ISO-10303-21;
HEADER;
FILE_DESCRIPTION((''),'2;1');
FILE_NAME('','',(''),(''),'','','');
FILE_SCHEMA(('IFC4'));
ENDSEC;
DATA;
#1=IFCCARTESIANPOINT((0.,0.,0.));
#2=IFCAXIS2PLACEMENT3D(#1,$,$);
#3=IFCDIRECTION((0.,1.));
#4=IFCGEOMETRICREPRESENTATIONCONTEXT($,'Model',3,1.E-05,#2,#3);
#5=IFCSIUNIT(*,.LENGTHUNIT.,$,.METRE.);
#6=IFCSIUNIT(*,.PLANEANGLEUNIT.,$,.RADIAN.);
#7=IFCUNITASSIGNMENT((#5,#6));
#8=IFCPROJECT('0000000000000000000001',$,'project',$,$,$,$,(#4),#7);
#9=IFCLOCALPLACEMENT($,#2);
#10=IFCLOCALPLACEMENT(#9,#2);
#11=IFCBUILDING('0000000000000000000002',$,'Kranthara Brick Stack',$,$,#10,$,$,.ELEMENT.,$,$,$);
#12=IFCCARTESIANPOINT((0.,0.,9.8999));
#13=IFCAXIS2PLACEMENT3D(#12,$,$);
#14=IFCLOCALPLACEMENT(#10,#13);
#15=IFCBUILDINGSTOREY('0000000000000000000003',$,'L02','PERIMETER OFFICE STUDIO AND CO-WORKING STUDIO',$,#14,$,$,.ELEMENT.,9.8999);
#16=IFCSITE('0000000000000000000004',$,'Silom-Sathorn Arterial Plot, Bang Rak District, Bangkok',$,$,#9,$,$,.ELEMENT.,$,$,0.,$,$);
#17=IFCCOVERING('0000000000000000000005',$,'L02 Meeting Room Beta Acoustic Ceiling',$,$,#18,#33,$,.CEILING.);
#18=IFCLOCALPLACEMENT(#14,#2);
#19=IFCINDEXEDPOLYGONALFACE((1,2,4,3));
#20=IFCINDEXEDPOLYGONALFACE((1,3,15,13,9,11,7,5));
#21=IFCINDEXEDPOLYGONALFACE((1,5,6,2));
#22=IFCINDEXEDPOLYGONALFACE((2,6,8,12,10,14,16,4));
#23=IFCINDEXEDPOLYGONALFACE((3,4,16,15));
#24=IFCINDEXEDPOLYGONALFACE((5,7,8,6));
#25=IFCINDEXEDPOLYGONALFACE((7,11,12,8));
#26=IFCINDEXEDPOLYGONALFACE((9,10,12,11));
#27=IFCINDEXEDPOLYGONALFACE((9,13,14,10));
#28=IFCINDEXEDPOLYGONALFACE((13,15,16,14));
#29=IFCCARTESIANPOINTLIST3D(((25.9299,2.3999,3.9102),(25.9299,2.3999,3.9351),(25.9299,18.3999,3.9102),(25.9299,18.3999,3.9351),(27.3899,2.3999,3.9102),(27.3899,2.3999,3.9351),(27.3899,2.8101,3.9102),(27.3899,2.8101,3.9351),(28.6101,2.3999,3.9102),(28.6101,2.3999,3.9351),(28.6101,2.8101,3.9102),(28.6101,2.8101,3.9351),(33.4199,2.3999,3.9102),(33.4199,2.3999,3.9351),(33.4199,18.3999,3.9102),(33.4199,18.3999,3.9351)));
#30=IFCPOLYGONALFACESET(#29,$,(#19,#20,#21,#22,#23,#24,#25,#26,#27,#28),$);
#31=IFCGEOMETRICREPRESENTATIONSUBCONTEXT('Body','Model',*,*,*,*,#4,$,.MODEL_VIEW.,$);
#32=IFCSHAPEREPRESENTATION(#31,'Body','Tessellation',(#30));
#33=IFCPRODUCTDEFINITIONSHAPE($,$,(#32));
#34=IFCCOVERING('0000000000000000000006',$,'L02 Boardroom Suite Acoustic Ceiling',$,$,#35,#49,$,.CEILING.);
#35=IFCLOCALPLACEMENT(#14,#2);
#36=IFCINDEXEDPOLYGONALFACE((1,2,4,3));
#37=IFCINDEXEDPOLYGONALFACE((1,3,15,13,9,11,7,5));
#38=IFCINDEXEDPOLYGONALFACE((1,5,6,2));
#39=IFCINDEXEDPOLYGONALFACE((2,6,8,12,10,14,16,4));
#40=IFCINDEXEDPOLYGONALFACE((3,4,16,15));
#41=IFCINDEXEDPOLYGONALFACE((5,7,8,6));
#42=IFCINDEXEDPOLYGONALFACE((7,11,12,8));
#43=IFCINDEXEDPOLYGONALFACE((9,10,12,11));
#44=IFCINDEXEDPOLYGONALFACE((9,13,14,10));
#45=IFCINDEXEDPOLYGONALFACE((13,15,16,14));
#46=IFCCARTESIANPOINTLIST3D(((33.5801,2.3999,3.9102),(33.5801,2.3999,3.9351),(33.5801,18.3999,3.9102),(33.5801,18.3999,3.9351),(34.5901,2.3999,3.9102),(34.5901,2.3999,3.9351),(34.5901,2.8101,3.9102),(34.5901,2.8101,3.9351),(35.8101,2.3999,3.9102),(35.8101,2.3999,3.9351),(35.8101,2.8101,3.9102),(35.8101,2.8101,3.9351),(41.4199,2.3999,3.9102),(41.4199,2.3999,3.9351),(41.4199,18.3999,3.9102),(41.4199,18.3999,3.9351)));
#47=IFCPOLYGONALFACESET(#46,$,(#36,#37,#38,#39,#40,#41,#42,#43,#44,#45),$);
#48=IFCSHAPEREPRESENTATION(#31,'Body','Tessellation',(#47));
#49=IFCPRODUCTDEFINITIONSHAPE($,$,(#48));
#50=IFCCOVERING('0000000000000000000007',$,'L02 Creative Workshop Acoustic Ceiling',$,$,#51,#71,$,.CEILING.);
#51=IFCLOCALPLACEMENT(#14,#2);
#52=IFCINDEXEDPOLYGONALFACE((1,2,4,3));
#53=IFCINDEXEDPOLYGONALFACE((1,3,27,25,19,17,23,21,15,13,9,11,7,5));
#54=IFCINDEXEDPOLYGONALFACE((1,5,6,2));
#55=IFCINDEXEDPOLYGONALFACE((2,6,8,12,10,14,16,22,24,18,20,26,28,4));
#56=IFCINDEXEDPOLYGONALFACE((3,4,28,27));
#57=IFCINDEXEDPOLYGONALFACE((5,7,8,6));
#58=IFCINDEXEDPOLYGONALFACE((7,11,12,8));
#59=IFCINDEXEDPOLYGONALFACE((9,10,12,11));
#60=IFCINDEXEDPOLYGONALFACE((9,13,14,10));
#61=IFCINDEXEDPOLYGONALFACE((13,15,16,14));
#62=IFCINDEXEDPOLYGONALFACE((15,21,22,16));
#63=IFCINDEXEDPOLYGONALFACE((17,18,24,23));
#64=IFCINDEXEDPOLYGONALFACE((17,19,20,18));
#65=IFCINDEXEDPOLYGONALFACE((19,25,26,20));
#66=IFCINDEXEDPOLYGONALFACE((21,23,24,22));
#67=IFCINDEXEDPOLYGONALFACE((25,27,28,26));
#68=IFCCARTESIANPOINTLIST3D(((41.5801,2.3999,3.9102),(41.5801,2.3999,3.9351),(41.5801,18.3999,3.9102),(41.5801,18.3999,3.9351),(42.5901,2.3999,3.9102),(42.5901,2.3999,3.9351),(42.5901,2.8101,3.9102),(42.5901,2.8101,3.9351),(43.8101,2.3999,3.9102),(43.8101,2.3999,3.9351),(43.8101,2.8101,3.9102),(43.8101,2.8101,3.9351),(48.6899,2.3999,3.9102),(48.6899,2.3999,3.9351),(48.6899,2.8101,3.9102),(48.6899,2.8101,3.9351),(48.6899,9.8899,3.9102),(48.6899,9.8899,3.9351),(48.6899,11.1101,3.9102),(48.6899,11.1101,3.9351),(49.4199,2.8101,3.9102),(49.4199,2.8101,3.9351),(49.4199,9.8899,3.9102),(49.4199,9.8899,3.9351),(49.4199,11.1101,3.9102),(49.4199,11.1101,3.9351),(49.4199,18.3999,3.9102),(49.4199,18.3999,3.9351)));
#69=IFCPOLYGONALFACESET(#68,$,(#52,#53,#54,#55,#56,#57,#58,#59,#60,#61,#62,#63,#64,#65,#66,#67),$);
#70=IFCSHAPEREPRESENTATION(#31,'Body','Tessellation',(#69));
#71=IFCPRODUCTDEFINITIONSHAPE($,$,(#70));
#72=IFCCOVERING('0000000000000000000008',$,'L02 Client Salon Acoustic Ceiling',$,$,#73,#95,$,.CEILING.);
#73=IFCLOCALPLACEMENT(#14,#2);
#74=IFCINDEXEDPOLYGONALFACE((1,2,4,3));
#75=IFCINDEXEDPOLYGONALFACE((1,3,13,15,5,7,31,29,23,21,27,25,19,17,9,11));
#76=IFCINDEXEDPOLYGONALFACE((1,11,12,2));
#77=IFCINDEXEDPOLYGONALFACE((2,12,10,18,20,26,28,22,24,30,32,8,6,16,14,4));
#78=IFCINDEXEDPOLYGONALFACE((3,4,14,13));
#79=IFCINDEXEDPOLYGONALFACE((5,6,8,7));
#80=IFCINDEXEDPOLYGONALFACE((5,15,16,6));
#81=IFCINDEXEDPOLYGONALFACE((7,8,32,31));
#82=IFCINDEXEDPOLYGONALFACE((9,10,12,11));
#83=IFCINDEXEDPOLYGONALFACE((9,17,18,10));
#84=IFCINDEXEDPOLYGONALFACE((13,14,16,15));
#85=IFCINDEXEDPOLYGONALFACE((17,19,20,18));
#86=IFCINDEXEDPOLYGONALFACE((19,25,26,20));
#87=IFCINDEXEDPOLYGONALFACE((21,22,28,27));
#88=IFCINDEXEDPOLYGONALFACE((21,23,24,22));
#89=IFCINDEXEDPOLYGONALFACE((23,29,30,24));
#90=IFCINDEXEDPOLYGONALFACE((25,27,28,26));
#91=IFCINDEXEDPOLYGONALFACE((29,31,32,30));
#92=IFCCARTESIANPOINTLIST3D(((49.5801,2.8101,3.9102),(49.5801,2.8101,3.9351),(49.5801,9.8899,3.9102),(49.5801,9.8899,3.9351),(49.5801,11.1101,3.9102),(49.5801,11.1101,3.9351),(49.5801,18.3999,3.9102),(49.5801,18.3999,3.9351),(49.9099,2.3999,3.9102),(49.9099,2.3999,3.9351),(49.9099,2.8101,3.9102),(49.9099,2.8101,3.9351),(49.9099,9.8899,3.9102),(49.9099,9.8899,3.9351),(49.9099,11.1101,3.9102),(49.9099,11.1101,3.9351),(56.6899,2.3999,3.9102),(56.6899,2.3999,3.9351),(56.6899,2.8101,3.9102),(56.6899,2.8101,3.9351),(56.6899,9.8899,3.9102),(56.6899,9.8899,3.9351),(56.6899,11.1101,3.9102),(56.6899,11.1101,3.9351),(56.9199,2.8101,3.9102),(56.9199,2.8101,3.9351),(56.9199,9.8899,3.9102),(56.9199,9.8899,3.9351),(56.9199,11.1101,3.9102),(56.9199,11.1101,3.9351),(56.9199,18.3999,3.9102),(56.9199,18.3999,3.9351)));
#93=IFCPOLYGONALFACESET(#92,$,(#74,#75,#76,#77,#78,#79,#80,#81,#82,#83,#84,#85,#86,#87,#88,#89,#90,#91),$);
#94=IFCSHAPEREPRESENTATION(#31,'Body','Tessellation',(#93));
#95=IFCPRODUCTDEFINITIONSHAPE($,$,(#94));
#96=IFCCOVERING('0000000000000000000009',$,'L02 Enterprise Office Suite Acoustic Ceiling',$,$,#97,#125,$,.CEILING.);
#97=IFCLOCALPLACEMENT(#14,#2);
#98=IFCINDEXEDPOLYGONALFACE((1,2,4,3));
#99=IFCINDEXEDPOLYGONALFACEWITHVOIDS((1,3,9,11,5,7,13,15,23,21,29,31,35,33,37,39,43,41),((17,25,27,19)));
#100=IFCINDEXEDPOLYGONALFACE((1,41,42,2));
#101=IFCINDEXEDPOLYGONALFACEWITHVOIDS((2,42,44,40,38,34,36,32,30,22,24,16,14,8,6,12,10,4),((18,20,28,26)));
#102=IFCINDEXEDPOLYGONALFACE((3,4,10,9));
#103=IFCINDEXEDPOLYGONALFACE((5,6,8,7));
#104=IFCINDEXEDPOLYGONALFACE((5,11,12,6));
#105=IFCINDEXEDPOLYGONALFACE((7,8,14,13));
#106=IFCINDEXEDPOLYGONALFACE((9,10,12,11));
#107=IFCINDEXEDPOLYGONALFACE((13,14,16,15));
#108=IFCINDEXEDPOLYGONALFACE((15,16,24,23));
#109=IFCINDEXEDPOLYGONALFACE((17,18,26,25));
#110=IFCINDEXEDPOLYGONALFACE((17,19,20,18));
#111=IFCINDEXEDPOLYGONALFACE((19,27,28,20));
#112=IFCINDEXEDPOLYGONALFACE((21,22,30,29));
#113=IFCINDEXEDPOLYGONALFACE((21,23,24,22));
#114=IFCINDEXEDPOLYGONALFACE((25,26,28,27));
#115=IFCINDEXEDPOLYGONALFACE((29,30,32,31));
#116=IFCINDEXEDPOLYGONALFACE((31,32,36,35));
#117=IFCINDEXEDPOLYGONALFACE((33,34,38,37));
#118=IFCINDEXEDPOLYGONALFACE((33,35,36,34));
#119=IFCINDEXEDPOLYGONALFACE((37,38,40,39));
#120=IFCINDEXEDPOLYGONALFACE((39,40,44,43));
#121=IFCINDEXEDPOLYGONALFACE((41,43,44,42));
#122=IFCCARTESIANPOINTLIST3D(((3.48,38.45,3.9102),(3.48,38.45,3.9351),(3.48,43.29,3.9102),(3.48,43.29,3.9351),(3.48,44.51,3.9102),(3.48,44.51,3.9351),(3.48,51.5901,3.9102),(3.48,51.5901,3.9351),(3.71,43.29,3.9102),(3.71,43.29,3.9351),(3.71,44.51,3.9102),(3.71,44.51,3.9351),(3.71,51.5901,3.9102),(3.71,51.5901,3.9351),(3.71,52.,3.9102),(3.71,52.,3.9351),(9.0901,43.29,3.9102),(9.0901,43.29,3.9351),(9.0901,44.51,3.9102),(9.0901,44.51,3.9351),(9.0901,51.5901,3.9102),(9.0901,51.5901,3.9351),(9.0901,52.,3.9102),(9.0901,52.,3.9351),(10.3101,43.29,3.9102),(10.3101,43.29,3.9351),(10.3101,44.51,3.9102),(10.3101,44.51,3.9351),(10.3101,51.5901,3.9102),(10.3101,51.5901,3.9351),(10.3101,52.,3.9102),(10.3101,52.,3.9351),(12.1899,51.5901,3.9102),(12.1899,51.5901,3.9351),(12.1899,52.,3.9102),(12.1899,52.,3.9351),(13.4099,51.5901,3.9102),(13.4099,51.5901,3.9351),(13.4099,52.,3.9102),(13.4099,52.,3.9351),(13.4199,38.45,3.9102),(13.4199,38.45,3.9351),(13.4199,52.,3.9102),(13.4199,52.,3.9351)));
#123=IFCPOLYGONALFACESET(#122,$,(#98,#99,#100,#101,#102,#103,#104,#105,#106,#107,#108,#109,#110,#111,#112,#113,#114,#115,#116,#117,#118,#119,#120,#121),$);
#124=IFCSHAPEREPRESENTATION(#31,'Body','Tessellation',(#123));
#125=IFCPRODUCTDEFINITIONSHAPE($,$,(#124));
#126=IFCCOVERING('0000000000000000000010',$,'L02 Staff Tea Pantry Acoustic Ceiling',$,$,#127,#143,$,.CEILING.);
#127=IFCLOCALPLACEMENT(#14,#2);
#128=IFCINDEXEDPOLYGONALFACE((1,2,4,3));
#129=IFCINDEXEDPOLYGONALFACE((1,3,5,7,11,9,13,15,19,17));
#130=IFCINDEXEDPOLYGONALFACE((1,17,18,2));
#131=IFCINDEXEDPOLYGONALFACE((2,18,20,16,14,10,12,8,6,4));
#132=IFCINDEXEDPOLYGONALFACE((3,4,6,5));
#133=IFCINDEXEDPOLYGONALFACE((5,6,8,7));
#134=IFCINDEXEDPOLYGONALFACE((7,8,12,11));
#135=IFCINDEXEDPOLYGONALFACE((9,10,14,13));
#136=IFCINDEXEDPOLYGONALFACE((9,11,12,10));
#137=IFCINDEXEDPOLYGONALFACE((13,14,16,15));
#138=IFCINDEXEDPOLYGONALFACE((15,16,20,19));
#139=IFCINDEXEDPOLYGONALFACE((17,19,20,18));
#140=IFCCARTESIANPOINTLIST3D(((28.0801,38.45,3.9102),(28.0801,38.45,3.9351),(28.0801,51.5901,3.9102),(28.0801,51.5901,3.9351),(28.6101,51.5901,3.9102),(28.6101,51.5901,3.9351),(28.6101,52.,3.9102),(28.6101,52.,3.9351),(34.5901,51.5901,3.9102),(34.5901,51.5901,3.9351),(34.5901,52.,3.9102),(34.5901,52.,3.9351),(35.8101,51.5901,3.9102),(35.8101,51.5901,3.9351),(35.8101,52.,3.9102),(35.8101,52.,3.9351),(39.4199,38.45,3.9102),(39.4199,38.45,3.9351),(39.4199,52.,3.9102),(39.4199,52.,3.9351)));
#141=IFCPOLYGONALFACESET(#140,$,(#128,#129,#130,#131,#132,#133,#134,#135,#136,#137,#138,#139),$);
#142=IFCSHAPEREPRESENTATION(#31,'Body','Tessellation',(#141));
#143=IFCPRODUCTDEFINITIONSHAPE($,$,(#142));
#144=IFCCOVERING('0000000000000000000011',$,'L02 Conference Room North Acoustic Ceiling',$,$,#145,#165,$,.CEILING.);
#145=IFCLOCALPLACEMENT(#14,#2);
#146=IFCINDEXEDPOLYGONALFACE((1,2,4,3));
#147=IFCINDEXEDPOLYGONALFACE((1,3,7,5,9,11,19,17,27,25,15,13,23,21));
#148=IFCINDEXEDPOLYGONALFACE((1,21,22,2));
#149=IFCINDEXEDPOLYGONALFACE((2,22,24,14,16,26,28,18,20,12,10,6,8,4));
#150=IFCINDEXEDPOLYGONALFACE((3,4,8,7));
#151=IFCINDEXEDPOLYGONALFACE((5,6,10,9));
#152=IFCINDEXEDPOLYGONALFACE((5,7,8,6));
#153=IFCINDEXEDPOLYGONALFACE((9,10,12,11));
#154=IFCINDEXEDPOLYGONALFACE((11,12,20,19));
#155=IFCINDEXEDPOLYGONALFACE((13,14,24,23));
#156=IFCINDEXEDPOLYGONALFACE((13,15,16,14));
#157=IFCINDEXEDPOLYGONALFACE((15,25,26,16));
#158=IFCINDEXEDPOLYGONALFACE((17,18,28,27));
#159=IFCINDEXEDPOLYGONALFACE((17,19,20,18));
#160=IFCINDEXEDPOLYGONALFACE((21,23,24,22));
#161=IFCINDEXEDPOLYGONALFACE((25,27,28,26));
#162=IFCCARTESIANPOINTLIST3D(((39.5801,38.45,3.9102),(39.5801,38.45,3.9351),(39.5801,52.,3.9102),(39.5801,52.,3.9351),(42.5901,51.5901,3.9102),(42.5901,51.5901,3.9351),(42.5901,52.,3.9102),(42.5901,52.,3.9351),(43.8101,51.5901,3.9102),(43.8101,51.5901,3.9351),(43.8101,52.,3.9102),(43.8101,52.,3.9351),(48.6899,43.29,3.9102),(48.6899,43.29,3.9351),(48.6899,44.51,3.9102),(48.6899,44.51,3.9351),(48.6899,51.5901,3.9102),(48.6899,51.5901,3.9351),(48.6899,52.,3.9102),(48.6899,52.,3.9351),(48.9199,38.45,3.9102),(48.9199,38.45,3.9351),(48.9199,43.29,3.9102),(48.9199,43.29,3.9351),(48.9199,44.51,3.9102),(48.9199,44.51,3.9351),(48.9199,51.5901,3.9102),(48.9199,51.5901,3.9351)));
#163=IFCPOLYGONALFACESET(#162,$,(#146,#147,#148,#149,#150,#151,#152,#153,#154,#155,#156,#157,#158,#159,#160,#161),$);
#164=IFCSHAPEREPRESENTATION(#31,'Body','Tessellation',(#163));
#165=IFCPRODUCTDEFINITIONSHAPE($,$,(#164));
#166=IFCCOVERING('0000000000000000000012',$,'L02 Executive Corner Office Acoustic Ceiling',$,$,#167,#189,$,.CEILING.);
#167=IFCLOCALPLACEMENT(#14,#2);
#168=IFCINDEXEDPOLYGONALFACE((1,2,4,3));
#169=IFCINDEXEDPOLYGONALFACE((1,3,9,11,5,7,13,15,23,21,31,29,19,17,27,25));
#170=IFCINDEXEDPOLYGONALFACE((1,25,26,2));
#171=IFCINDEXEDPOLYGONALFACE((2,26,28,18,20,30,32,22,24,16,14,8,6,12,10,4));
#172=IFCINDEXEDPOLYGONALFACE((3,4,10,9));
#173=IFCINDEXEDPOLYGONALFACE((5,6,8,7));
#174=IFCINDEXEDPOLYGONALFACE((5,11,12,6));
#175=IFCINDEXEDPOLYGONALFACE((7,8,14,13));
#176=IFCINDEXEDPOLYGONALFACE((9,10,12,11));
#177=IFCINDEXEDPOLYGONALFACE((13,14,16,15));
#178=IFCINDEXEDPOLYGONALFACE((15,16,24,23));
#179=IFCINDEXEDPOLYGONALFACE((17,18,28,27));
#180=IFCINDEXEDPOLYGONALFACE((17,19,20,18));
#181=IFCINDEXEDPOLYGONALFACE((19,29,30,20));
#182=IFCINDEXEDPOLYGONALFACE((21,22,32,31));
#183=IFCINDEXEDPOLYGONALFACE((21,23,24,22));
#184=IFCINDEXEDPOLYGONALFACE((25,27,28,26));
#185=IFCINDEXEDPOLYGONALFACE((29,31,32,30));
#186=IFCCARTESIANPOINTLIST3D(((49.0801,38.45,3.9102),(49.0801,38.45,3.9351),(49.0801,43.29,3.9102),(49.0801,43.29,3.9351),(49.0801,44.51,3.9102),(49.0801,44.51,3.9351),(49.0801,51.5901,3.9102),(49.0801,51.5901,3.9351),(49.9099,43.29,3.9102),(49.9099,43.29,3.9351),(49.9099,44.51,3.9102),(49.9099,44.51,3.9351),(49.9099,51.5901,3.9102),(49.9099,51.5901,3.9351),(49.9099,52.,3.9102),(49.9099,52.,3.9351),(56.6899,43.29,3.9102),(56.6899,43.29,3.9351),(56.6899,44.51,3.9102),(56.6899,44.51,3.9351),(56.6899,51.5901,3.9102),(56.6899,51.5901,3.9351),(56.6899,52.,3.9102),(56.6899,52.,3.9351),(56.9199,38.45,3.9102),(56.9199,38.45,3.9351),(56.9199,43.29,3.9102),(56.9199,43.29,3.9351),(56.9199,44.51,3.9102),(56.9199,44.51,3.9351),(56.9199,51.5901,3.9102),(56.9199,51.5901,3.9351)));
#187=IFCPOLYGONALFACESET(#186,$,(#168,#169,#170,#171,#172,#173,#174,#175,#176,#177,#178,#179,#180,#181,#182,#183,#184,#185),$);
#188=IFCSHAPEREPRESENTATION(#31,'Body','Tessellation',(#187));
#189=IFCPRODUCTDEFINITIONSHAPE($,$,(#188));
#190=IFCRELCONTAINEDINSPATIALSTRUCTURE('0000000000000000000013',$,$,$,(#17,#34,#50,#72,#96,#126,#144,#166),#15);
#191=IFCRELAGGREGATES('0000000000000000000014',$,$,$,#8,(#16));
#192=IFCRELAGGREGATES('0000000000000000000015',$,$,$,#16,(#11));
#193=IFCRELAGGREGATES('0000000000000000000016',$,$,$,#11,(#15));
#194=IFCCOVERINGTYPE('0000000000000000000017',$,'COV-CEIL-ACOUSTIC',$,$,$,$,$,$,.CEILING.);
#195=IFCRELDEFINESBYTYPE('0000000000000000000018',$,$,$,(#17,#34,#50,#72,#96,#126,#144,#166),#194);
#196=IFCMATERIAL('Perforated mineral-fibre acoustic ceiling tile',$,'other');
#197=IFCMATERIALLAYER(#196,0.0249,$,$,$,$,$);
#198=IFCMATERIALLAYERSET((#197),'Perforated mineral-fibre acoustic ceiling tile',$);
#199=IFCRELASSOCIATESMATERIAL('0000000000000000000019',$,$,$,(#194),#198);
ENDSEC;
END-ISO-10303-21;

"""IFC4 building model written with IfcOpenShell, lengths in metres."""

from ifc_helpers import new_model, si_unit, direction, frame, origin, place, context, subcontext, project, spatial, polyline, outline, extrude, material, layer, layer_set, type_object, element, save


model = new_model("IFC4")

# Units and contexts
model_context = context("Model", 3, precision=1e-05, world=origin(), true_north=direction((0.0, 1.0)))
body_context = subcontext(model_context, "Body", "Model", "MODEL_VIEW")
ifc_project = project(units=[si_unit("LENGTHUNIT", "METRE"), si_unit("PLANEANGLEUNIT", "RADIAN")], contexts=[model_context])

# Site, building, storey
site_placement = place(None, origin())
site = spatial("IfcSite", under=ifc_project, at=site_placement, Name="Silom-Sathorn Arterial Plot, Bang Rak District, Bangkok", CompositionType="ELEMENT", RefElevation=0.0)
building_placement = place(site_placement, origin())
building = spatial("IfcBuilding", under=site, at=building_placement, Name="Kranthara Brick Stack", CompositionType="ELEMENT")
storey_placement = place(building_placement, frame((0.0, 0.0, 9.8999)))
storey = spatial("IfcBuildingStorey", under=building, at=storey_placement, Name="L02", Description="PERIMETER OFFICE STUDIO AND CO-WORKING STUDIO", CompositionType="ELEMENT", Elevation=9.8999)

# Coverings
ifc_material_1 = material(Name="Perforated mineral-fibre acoustic ceiling tile", Category="other")
ifc_layer_1 = layer(ifc_material_1, 0.0249)
ifc_layer_set_1 = layer_set([ifc_layer_1], Name="Perforated mineral-fibre acoustic ceiling tile")
covering_type_1 = type_object("IfcCoveringType", Name="COV-CEIL-ACOUSTIC", PredefinedType="CEILING", material=ifc_layer_set_1)
covering_1_placement = place(storey_placement, frame((0.0, 0.0, 3.9102)))
element("IfcCovering", 1, at=covering_1_placement, inside=storey, type_object=covering_type_1, Name="L02 Meeting Room Beta Acoustic Ceiling", PredefinedType="CEILING", context=body_context, shape_type="SweptSolid", body=[
    extrude(outline(polyline([(25.9299, 2.3999), (25.9299, 18.3999), (33.4199, 18.3999), (33.4199, 2.3999), (28.6101, 2.3999), (28.6101, 2.8101), (27.3899, 2.8101), (27.3899, 2.3999), (25.9299, 2.3999)])), origin(), (0.0, 0.0, 1.0), 0.0249),
])
covering_2_placement = place(storey_placement, frame((0.0, 0.0, 3.9102)))
element("IfcCovering", 2, at=covering_2_placement, inside=storey, type_object=covering_type_1, Name="L02 Boardroom Suite Acoustic Ceiling", PredefinedType="CEILING", context=body_context, shape_type="SweptSolid", body=[
    extrude(outline(polyline([(33.5801, 2.3999), (33.5801, 18.3999), (41.4199, 18.3999), (41.4199, 2.3999), (35.8101, 2.3999), (35.8101, 2.8101), (34.5901, 2.8101), (34.5901, 2.3999), (33.5801, 2.3999)])), origin(), (0.0, 0.0, 1.0), 0.0249),
])
covering_3_placement = place(storey_placement, frame((0.0, 0.0, 3.9102)))
element("IfcCovering", 3, at=covering_3_placement, inside=storey, type_object=covering_type_1, Name="L02 Creative Workshop Acoustic Ceiling", PredefinedType="CEILING", context=body_context, shape_type="SweptSolid", body=[
    extrude(outline(polyline([(49.4199, 18.3999), (49.4199, 11.1101), (48.6899, 11.1101), (48.6899, 9.8899), (49.4199, 9.8899), (49.4199, 2.8101), (48.6899, 2.8101), (48.6899, 2.3999), (43.8101, 2.3999), (43.8101, 2.8101), (42.5901, 2.8101), (42.5901, 2.3999), (41.5801, 2.3999), (41.5801, 18.3999), (49.4199, 18.3999)])), origin(), (0.0, 0.0, 1.0), 0.0249),
])
covering_4_placement = place(storey_placement, frame((0.0, 0.0, 3.9102)))
element("IfcCovering", 4, at=covering_4_placement, inside=storey, type_object=covering_type_1, Name="L02 Client Salon Acoustic Ceiling", PredefinedType="CEILING", context=body_context, shape_type="SweptSolid", body=[
    extrude(outline(polyline([(56.6899, 11.1101), (56.6899, 9.8899), (56.9199, 9.8899), (56.9199, 2.8101), (56.6899, 2.8101), (56.6899, 2.3999), (49.9099, 2.3999), (49.9099, 2.8101), (49.5801, 2.8101), (49.5801, 9.8899), (49.9099, 9.8899), (49.9099, 11.1101), (49.5801, 11.1101), (49.5801, 18.3999), (56.9199, 18.3999), (56.9199, 11.1101), (56.6899, 11.1101)])), origin(), (0.0, 0.0, 1.0), 0.0249),
])
covering_5_placement = place(storey_placement, frame((0.0, 0.0, 3.9102)))
element("IfcCovering", 5, at=covering_5_placement, inside=storey, type_object=covering_type_1, Name="L02 Enterprise Office Suite Acoustic Ceiling", PredefinedType="CEILING", context=body_context, shape_type="SweptSolid", body=[
    extrude(outline(polyline([(3.71, 43.29), (3.71, 44.51), (3.48, 44.51), (3.48, 51.5901), (3.71, 51.5901), (3.71, 52.0), (9.0901, 52.0), (9.0901, 51.5901), (10.3101, 51.5901), (10.3101, 52.0), (12.1899, 52.0), (12.1899, 51.5901), (13.4099, 51.5901), (13.4099, 52.0), (13.4199, 52.0), (13.4199, 38.45), (3.48, 38.45), (3.48, 43.29), (3.71, 43.29)]), holes=[polyline([(10.3101, 44.51), (9.0901, 44.51), (9.0901, 43.29), (10.3101, 43.29), (10.3101, 44.51)])]), origin(), (0.0, 0.0, 1.0), 0.0249),
])
covering_6_placement = place(storey_placement, frame((0.0, 0.0, 3.9102)))
element("IfcCovering", 6, at=covering_6_placement, inside=storey, type_object=covering_type_1, Name="L02 Staff Tea Pantry Acoustic Ceiling", PredefinedType="CEILING", context=body_context, shape_type="SweptSolid", body=[
    extrude(outline(polyline([(39.4199, 38.45), (28.0801, 38.45), (28.0801, 51.5901), (28.6101, 51.5901), (28.6101, 52.0), (34.5901, 52.0), (34.5901, 51.5901), (35.8101, 51.5901), (35.8101, 52.0), (39.4199, 52.0), (39.4199, 38.45)])), origin(), (0.0, 0.0, 1.0), 0.0249),
])
covering_7_placement = place(storey_placement, frame((0.0, 0.0, 3.9102)))
element("IfcCovering", 7, at=covering_7_placement, inside=storey, type_object=covering_type_1, Name="L02 Conference Room North Acoustic Ceiling", PredefinedType="CEILING", context=body_context, shape_type="SweptSolid", body=[
    extrude(outline(polyline([(39.5801, 38.45), (39.5801, 52.0), (42.5901, 52.0), (42.5901, 51.5901), (43.8101, 51.5901), (43.8101, 52.0), (48.6899, 52.0), (48.6899, 51.5901), (48.9199, 51.5901), (48.9199, 44.51), (48.6899, 44.51), (48.6899, 43.29), (48.9199, 43.29), (48.9199, 38.45), (39.5801, 38.45)])), origin(), (0.0, 0.0, 1.0), 0.0249),
])
covering_8_placement = place(storey_placement, frame((0.0, 0.0, 3.9102)))
element("IfcCovering", 8, at=covering_8_placement, inside=storey, type_object=covering_type_1, Name="L02 Executive Corner Office Acoustic Ceiling", PredefinedType="CEILING", context=body_context, shape_type="SweptSolid", body=[
    extrude(outline(polyline([(49.0801, 43.29), (49.9099, 43.29), (49.9099, 44.51), (49.0801, 44.51), (49.0801, 51.5901), (49.9099, 51.5901), (49.9099, 52.0), (56.6899, 52.0), (56.6899, 51.5901), (56.9199, 51.5901), (56.9199, 44.51), (56.6899, 44.51), (56.6899, 43.29), (56.9199, 43.29), (56.9199, 38.45), (49.0801, 38.45), (49.0801, 43.29)])), origin(), (0.0, 0.0, 1.0), 0.0249),
])

save(model, "model.ifc")
